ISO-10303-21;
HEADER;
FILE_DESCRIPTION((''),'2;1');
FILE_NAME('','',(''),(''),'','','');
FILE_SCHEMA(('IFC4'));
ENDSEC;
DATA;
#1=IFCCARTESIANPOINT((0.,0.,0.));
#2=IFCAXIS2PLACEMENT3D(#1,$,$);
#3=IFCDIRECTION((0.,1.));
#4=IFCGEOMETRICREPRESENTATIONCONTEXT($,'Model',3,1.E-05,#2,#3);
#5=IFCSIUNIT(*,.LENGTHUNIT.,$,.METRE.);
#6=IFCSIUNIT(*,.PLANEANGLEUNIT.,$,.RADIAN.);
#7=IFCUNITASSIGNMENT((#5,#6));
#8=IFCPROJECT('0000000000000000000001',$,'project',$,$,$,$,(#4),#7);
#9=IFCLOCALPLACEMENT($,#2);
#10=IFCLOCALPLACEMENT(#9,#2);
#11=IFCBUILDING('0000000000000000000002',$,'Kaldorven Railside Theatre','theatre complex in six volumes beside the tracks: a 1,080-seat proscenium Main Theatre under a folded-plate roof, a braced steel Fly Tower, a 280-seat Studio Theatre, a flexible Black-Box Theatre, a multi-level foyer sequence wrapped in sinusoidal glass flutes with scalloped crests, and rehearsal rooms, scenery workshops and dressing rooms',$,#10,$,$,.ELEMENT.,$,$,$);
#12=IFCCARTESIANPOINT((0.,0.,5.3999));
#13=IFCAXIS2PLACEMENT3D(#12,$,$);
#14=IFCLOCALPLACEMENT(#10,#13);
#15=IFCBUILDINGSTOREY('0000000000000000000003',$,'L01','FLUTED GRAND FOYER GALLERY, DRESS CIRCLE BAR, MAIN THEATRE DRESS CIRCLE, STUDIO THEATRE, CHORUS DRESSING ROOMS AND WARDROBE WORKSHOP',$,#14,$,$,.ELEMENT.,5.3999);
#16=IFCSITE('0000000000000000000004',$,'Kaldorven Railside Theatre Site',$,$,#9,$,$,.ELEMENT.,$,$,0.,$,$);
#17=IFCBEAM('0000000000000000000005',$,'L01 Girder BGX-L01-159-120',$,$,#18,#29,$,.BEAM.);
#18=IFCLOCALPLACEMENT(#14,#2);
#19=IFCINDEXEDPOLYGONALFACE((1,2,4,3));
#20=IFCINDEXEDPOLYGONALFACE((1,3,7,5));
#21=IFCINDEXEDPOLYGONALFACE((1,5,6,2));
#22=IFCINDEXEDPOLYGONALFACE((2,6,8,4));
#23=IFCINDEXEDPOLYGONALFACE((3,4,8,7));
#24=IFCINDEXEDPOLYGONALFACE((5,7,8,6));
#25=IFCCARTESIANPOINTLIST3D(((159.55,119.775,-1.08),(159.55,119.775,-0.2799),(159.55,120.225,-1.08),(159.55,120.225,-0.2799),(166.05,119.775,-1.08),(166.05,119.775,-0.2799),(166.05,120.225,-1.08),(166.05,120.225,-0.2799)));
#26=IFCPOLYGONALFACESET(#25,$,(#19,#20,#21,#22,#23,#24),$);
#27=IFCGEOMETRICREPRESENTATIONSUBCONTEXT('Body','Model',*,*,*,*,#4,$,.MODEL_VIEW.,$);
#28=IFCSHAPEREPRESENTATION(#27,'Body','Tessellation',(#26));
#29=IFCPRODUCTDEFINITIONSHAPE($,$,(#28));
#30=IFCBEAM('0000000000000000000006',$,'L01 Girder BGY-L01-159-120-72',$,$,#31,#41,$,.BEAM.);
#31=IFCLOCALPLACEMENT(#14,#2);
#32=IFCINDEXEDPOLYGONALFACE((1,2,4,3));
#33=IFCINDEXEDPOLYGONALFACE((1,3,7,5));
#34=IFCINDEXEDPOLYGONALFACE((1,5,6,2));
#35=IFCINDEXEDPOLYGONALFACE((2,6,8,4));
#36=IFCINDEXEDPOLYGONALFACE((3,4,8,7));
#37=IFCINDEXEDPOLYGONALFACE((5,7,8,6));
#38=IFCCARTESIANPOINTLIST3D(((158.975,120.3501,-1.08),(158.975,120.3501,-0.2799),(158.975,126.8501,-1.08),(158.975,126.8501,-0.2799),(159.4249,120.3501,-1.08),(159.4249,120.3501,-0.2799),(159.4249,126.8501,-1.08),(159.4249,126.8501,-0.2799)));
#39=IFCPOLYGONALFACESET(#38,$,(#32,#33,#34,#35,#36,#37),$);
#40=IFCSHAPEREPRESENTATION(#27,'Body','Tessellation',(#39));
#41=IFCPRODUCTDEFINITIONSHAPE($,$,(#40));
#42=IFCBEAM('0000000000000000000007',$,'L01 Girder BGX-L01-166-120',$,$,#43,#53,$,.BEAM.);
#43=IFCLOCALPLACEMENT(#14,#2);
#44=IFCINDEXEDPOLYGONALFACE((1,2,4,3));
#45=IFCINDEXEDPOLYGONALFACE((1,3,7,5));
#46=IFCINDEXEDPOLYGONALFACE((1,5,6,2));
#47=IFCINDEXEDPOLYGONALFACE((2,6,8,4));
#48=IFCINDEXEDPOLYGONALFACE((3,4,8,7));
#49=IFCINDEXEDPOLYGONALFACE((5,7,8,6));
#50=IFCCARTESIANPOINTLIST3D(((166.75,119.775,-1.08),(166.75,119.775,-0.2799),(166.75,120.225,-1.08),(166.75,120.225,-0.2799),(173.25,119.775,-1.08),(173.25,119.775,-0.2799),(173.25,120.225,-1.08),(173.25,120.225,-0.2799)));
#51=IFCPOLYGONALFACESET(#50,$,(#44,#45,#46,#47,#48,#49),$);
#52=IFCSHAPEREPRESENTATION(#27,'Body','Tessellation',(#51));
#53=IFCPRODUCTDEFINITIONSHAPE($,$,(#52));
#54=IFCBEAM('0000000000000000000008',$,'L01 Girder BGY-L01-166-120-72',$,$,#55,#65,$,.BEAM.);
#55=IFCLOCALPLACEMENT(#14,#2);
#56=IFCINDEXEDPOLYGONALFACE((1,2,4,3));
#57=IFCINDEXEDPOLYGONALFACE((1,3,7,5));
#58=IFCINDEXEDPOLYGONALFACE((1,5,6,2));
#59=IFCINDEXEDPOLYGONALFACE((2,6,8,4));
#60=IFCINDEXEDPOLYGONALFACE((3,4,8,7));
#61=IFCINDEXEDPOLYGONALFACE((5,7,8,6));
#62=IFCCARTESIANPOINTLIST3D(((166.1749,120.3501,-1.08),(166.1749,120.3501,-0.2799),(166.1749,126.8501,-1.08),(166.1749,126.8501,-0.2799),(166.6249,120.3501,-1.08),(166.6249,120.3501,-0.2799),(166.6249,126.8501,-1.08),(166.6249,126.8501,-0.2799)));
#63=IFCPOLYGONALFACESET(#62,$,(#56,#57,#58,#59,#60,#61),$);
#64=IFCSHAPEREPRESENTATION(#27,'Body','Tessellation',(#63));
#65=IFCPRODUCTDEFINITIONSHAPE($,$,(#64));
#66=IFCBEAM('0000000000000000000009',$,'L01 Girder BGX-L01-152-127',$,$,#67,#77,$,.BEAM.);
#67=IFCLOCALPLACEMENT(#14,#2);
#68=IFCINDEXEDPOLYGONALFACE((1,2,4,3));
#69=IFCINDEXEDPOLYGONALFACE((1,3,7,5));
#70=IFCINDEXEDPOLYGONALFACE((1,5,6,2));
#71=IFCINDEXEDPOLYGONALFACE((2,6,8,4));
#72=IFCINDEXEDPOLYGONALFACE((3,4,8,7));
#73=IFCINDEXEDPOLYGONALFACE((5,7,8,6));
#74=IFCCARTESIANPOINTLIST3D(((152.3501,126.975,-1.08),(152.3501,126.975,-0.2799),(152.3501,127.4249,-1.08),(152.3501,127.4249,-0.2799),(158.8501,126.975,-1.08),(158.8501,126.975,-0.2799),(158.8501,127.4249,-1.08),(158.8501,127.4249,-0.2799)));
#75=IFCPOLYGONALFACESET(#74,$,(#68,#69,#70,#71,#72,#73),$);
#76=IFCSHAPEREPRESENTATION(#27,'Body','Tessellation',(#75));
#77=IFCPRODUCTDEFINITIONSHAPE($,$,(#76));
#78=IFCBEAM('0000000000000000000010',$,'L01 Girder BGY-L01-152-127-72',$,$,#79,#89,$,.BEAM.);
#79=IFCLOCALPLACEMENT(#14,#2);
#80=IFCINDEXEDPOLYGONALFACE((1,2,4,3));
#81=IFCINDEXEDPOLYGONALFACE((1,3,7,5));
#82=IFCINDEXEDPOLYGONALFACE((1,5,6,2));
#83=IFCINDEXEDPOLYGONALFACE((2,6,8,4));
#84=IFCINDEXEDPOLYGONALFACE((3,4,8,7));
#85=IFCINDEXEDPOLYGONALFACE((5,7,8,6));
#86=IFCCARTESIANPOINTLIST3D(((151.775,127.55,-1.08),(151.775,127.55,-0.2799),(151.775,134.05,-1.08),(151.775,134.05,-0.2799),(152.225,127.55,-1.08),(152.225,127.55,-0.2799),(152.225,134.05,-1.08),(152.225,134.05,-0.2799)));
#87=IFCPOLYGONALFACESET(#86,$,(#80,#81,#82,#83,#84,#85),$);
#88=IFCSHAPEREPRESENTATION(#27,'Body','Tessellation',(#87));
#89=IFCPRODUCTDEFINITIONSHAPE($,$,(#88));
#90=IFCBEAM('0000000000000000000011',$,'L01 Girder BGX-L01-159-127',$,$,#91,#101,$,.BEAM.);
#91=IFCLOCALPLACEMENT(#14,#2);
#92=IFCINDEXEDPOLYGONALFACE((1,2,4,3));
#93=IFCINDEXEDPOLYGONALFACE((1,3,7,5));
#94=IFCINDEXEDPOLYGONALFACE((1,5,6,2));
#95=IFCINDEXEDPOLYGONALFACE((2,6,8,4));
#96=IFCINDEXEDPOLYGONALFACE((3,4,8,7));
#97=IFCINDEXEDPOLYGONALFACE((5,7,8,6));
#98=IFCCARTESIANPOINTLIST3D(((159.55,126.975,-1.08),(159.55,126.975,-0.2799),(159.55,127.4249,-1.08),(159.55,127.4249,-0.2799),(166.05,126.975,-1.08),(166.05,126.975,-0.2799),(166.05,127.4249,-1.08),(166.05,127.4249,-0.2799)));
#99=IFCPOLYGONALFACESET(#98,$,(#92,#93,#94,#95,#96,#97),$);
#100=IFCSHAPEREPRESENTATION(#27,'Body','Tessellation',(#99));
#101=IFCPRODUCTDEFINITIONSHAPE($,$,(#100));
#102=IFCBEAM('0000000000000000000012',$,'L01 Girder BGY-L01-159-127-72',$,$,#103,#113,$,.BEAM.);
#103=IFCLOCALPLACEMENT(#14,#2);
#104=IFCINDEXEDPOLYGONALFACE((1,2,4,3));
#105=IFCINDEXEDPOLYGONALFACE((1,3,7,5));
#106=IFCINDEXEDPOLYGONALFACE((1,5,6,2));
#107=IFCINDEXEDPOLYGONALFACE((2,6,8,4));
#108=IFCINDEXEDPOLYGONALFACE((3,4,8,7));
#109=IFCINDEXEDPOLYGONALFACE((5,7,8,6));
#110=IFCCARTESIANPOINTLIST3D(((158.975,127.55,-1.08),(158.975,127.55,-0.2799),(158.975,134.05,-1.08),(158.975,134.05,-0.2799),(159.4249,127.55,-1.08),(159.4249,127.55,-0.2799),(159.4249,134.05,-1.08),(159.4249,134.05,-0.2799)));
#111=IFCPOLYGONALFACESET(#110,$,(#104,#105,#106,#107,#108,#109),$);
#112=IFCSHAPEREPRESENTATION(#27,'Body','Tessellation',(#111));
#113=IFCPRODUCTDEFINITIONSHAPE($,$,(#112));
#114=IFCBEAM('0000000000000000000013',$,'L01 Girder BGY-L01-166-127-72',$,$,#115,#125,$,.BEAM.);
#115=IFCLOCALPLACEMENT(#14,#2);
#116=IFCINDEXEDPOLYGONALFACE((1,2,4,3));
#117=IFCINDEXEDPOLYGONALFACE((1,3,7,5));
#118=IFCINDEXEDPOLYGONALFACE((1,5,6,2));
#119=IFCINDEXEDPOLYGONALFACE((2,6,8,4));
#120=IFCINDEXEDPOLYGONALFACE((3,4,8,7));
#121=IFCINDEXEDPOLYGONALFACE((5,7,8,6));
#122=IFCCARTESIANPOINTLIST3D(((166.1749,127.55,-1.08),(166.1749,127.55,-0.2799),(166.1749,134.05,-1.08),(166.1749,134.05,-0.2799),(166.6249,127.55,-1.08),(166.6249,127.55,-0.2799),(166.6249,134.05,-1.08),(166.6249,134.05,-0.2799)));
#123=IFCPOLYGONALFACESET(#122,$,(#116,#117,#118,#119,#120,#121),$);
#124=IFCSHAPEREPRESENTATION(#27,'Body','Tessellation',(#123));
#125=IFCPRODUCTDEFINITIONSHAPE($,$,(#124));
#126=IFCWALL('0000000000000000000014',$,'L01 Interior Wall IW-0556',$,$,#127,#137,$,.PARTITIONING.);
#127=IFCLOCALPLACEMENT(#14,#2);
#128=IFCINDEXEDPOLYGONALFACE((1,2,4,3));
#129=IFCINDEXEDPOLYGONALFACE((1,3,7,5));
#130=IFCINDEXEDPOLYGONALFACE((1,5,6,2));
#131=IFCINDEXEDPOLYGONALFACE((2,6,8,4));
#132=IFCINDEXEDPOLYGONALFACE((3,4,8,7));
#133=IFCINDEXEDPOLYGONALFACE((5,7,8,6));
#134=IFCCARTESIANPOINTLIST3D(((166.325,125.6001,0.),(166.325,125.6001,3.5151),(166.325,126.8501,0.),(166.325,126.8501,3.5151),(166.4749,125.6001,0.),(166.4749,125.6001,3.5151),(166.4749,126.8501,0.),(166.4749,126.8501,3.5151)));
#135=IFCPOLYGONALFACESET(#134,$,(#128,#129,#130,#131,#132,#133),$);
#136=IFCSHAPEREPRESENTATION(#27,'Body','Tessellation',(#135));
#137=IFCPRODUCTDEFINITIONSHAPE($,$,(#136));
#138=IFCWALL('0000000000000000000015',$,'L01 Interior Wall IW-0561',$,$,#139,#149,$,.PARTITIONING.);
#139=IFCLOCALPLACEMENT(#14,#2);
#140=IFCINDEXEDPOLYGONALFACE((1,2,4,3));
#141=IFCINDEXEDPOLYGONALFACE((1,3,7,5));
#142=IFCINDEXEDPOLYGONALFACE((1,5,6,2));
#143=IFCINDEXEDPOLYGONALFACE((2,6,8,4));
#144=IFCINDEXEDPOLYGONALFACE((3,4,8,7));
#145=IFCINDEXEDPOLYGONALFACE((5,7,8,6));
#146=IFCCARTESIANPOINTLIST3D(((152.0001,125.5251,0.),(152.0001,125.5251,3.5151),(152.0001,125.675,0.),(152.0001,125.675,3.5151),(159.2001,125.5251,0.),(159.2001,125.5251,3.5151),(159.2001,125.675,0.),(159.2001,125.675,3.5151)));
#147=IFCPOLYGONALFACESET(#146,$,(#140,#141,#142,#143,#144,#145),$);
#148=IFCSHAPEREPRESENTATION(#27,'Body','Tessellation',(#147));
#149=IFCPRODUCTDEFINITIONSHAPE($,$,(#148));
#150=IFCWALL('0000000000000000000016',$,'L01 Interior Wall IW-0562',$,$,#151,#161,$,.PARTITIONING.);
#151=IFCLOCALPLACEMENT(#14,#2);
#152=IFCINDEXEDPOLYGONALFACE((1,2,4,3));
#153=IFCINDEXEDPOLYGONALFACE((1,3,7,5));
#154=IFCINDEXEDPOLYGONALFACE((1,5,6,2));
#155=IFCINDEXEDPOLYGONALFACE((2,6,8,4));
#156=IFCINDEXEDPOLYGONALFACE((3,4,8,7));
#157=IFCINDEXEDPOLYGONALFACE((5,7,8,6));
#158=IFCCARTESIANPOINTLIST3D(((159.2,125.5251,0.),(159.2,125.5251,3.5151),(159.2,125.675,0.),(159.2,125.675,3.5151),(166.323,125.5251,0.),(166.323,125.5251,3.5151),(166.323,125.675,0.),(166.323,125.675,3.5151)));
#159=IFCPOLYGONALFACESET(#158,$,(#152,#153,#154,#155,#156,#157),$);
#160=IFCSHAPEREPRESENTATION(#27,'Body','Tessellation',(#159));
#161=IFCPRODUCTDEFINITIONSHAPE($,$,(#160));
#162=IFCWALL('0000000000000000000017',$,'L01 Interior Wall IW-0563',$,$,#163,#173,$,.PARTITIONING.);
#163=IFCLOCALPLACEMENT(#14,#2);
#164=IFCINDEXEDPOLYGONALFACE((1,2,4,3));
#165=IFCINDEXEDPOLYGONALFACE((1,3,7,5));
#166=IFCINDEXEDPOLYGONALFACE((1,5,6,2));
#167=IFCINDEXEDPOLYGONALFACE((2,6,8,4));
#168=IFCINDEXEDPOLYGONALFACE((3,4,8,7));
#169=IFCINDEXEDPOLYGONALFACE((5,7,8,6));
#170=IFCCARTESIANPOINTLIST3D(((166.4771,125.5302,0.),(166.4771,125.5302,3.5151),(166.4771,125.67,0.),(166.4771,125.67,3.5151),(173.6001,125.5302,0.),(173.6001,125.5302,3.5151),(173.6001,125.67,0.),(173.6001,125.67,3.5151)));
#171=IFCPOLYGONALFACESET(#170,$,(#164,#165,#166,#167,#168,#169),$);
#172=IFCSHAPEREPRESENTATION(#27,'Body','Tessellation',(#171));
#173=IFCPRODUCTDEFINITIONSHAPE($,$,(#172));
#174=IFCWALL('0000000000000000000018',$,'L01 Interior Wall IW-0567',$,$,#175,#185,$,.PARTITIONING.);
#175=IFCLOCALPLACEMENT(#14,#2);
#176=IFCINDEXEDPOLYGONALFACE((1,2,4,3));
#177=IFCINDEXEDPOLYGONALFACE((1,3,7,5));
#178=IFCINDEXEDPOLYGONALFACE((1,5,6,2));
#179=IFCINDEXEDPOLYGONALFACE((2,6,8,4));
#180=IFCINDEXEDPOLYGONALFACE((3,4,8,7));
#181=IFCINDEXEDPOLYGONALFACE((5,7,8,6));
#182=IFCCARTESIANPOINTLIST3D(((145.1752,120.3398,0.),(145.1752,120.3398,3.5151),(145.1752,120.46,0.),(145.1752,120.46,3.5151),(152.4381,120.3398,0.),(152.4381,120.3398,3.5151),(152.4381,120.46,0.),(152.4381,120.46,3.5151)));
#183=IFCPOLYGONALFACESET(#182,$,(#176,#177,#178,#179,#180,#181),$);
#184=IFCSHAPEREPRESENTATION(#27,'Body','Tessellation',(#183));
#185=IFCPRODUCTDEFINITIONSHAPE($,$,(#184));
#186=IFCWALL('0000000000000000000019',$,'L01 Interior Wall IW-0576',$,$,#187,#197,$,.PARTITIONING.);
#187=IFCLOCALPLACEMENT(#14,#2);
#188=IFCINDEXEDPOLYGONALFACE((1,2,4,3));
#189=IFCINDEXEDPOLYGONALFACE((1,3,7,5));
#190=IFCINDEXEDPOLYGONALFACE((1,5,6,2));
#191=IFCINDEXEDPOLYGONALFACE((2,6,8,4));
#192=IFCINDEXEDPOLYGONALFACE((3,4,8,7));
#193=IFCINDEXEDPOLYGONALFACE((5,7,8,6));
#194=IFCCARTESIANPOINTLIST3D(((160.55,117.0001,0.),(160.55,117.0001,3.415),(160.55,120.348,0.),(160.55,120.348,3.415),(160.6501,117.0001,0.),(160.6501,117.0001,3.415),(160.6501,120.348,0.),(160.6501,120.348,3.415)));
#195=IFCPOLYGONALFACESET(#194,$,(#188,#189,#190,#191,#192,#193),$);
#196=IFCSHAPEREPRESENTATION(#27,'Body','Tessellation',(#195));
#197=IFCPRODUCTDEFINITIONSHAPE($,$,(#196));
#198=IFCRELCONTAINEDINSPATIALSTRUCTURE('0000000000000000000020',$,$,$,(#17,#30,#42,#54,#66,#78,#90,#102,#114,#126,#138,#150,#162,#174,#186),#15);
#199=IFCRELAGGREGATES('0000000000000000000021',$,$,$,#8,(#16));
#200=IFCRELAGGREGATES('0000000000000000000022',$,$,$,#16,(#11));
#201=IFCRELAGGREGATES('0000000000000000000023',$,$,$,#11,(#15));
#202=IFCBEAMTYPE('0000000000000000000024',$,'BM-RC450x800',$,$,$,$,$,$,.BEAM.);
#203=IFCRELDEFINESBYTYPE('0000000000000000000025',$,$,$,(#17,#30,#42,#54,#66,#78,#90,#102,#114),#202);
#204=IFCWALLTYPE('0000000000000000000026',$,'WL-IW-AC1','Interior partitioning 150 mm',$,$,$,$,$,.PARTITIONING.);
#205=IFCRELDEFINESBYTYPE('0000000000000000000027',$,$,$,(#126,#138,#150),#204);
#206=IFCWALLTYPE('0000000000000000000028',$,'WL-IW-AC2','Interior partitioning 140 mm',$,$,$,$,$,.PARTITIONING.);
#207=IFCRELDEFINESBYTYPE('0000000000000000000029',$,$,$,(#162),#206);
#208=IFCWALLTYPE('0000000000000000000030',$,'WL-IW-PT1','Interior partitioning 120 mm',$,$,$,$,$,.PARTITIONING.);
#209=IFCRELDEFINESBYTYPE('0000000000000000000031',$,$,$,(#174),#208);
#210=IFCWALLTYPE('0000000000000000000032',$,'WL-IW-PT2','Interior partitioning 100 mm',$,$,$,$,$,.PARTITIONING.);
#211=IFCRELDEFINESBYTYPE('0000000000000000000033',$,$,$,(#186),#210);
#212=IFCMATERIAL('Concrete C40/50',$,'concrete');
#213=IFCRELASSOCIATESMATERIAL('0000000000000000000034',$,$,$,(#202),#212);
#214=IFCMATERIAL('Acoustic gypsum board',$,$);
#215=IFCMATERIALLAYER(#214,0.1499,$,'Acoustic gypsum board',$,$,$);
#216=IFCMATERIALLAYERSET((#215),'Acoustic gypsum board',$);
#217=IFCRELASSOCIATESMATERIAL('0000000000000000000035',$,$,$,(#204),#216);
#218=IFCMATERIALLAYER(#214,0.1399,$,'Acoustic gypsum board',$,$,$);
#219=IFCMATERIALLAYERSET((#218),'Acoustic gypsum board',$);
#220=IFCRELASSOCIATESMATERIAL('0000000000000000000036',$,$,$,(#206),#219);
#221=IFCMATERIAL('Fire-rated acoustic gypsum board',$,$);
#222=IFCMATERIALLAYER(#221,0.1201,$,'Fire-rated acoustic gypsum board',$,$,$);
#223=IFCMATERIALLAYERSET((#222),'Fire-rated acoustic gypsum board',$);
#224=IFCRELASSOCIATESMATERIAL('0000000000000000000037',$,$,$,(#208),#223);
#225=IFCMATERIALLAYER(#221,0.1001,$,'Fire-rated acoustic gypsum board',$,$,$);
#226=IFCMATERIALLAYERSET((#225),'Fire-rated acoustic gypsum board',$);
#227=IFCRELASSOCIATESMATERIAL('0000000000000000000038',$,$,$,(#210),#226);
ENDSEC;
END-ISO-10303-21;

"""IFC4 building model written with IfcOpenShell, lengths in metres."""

from ifc_helpers import new_model, si_unit, direction, frame, frame_2d, origin, origin_2d, place, context, subcontext, project, spatial, rectangle, extrude, material, layer, layer_set, material_profile, profile_set, type_object, element, save


model = new_model("IFC4")

# Units and contexts
model_context = context("Model", 3, precision=1e-05, world=origin(), true_north=direction((0.0, 1.0)))
body_context = subcontext(model_context, "Body", "Model", "MODEL_VIEW")
ifc_project = project(units=[si_unit("LENGTHUNIT", "METRE"), si_unit("PLANEANGLEUNIT", "RADIAN")], contexts=[model_context])

# Site, building, storey
site_placement = place(None, origin())
site = spatial("IfcSite", under=ifc_project, at=site_placement, Name="Kaldorven Railside Theatre Site", CompositionType="ELEMENT", RefElevation=0.0)
building_placement = place(site_placement, origin())
building = spatial("IfcBuilding", under=site, at=building_placement, Name="Kaldorven Railside Theatre", Description="theatre complex in six volumes beside the tracks: a 1,080-seat proscenium Main Theatre under a folded-plate roof, a braced steel Fly Tower, a 280-seat Studio Theatre, a flexible Black-Box Theatre, a multi-level foyer sequence wrapped in sinusoidal glass flutes with scalloped crests, and rehearsal rooms, scenery workshops and dressing rooms", CompositionType="ELEMENT")
storey_placement = place(building_placement, frame((0.0, 0.0, 5.3999)))
storey = spatial("IfcBuildingStorey", under=building, at=storey_placement, Name="L01", Description="FLUTED GRAND FOYER GALLERY, DRESS CIRCLE BAR, MAIN THEATRE DRESS CIRCLE, STUDIO THEATRE, CHORUS DRESSING ROOMS AND WARDROBE WORKSHOP", CompositionType="ELEMENT", Elevation=5.3999)

# Shared definitions
ifc_material_1 = material(Name="Concrete C40/50", Category="concrete")

# Beams
ifc_material_profile_1 = material_profile(ifc_material_1, rectangle(XDim=0.45, YDim=0.8, at=origin_2d()), Name="RC 450x800")
ifc_profile_set_1 = profile_set([ifc_material_profile_1], Name="Concrete C40/50")
beam_type_1 = type_object("IfcBeamType", Name="BM-RC450x800", PredefinedType="BEAM", material=ifc_profile_set_1)
for number, where, z_axis, x_axis, name in (
    (1, (159.55, 120.0, -0.6799), (1.0, 0.0, 0.0), (0.0, 1.0, 0.0), "L01 Girder BGX-L01-159-120"),
    (2, (159.2, 120.3501, -0.6799), (0.0, 1.0, 0.0), (-1.0, 0.0, 0.0), "L01 Girder BGY-L01-159-120-72"),
    (3, (166.75, 120.0, -0.6799), (1.0, 0.0, 0.0), (0.0, 1.0, 0.0), "L01 Girder BGX-L01-166-120"),
    (4, (166.3999, 120.3501, -0.6799), (0.0, 1.0, 0.0), (-1.0, 0.0, 0.0), "L01 Girder BGY-L01-166-120-72"),
    (5, (152.3501, 127.2, -0.6799), (1.0, 0.0, 0.0), (0.0, 1.0, 0.0), "L01 Girder BGX-L01-152-127"),
    (6, (152.0, 127.55, -0.6799), (0.0, 1.0, 0.0), (-1.0, 0.0, 0.0), "L01 Girder BGY-L01-152-127-72"),
    (7, (159.55, 127.2, -0.6799), (1.0, 0.0, 0.0), (0.0, 1.0, 0.0), "L01 Girder BGX-L01-159-127"),
    (8, (159.2, 127.55, -0.6799), (0.0, 1.0, 0.0), (-1.0, 0.0, 0.0), "L01 Girder BGY-L01-159-127-72"),
    (9, (166.3999, 127.55, -0.6799), (0.0, 1.0, 0.0), (-1.0, 0.0, 0.0), "L01 Girder BGY-L01-166-127-72"),
):
    element("IfcBeam", number, at=place(storey_placement, frame(where, z_axis=z_axis, x_axis=x_axis)), inside=storey, type_object=beam_type_1, Name=name, PredefinedType="BEAM", context=body_context, shape_type="SweptSolid", body=[
        extrude(rectangle(XDim=0.45, YDim=0.8, at=origin_2d()), origin(), (0.0, 0.0, 1.0), 6.5),
    ])

# Walls
ifc_material_2 = material(Name="Acoustic gypsum board")
ifc_layer_1 = layer(ifc_material_2, 0.1499, Name="Acoustic gypsum board")
ifc_layer_set_1 = layer_set([ifc_layer_1], Name="Acoustic gypsum board")
wall_type_1 = type_object("IfcWallType", Name="WL-IW-AC1", Description="Interior partitioning 150 mm", PredefinedType="PARTITIONING", material=ifc_layer_set_1)
wall_1_placement = place(storey_placement, frame((166.3999, 125.6001, 0.0), z_axis=(0.0, 0.0, 1.0), x_axis=(0.0, 1.0, 0.0)))
element("IfcWall", 10, at=wall_1_placement, inside=storey, type_object=wall_type_1, Name="L01 Interior Wall IW-0556", PredefinedType="PARTITIONING", context=body_context, shape_type="SweptSolid", body=[
    extrude(rectangle(XDim=1.25, YDim=0.1499, at=frame_2d((0.625, 0.0))), origin(), (0.0, 0.0, 1.0), 3.5151),
])
wall_2_placement = place(storey_placement, frame((152.0, 125.6001, 0.0), z_axis=(0.0, 0.0, 1.0), x_axis=(1.0, 0.0, 0.0)))
element("IfcWall", 11, at=wall_2_placement, inside=storey, type_object=wall_type_1, Name="L01 Interior Wall IW-0561", PredefinedType="PARTITIONING", context=body_context, shape_type="SweptSolid", body=[
    extrude(rectangle(XDim=7.2, YDim=0.1499, at=frame_2d((3.6001, 0.0))), origin(), (0.0, 0.0, 1.0), 3.5151),
])
wall_3_placement = place(storey_placement, frame((159.2, 125.6001, 0.0), z_axis=(0.0, 0.0, 1.0), x_axis=(1.0, 0.0, 0.0)))
element("IfcWall", 12, at=wall_3_placement, inside=storey, type_object=wall_type_1, Name="L01 Interior Wall IW-0562", PredefinedType="PARTITIONING", context=body_context, shape_type="SweptSolid", body=[
    extrude(rectangle(XDim=7.123, YDim=0.1499, at=frame_2d((3.5615, 0.0))), origin(), (0.0, 0.0, 1.0), 3.5151),
])
ifc_layer_2 = layer(ifc_material_2, 0.1399, Name="Acoustic gypsum board")
ifc_layer_set_2 = layer_set([ifc_layer_2], Name="Acoustic gypsum board")
wall_type_2 = type_object("IfcWallType", Name="WL-IW-AC2", Description="Interior partitioning 140 mm", PredefinedType="PARTITIONING", material=ifc_layer_set_2)
wall_4_placement = place(storey_placement, frame((166.4771, 125.6001, 0.0), z_axis=(0.0, 0.0, 1.0), x_axis=(1.0, 0.0, 0.0)))
element("IfcWall", 13, at=wall_4_placement, inside=storey, type_object=wall_type_2, Name="L01 Interior Wall IW-0563", PredefinedType="PARTITIONING", context=body_context, shape_type="SweptSolid", body=[
    extrude(rectangle(XDim=7.123, YDim=0.1399, at=frame_2d((3.5615, 0.0))), origin(), (0.0, 0.0, 1.0), 3.5151),
])
ifc_material_3 = material(Name="Fire-rated acoustic gypsum board")
ifc_layer_3 = layer(ifc_material_3, 0.1201, Name="Fire-rated acoustic gypsum board")
ifc_layer_set_3 = layer_set([ifc_layer_3], Name="Fire-rated acoustic gypsum board")
wall_type_3 = type_object("IfcWallType", Name="WL-IW-PT1", Description="Interior partitioning 120 mm", PredefinedType="PARTITIONING", material=ifc_layer_set_3)
wall_5_placement = place(storey_placement, frame((152.438, 120.3999, 0.0), z_axis=(0.0, 0.0, 1.0), x_axis=(-1.0, 0.0, 0.0)))
element("IfcWall", 14, at=wall_5_placement, inside=storey, type_object=wall_type_3, Name="L01 Interior Wall IW-0567", PredefinedType="PARTITIONING", context=body_context, shape_type="SweptSolid", body=[
    extrude(rectangle(XDim=7.2629, YDim=0.1201, at=frame_2d((3.6313, 0.0))), origin(), (0.0, 0.0, 1.0), 3.5151),
])
ifc_layer_4 = layer(ifc_material_3, 0.1001, Name="Fire-rated acoustic gypsum board")
ifc_layer_set_4 = layer_set([ifc_layer_4], Name="Fire-rated acoustic gypsum board")
wall_type_4 = type_object("IfcWallType", Name="WL-IW-PT2", Description="Interior partitioning 100 mm", PredefinedType="PARTITIONING", material=ifc_layer_set_4)
wall_6_placement = place(storey_placement, frame((160.6001, 120.3479, 0.0), z_axis=(0.0, 0.0, 1.0), x_axis=(0.0, -1.0, 0.0)))
element("IfcWall", 15, at=wall_6_placement, inside=storey, type_object=wall_type_4, Name="L01 Interior Wall IW-0576", PredefinedType="PARTITIONING", context=body_context, shape_type="SweptSolid", body=[
    extrude(rectangle(XDim=3.3479, YDim=0.1001, at=frame_2d((1.6738, 0.0))), origin(), (0.0, 0.0, 1.0), 3.415),
])

save(model, "model.ifc")
